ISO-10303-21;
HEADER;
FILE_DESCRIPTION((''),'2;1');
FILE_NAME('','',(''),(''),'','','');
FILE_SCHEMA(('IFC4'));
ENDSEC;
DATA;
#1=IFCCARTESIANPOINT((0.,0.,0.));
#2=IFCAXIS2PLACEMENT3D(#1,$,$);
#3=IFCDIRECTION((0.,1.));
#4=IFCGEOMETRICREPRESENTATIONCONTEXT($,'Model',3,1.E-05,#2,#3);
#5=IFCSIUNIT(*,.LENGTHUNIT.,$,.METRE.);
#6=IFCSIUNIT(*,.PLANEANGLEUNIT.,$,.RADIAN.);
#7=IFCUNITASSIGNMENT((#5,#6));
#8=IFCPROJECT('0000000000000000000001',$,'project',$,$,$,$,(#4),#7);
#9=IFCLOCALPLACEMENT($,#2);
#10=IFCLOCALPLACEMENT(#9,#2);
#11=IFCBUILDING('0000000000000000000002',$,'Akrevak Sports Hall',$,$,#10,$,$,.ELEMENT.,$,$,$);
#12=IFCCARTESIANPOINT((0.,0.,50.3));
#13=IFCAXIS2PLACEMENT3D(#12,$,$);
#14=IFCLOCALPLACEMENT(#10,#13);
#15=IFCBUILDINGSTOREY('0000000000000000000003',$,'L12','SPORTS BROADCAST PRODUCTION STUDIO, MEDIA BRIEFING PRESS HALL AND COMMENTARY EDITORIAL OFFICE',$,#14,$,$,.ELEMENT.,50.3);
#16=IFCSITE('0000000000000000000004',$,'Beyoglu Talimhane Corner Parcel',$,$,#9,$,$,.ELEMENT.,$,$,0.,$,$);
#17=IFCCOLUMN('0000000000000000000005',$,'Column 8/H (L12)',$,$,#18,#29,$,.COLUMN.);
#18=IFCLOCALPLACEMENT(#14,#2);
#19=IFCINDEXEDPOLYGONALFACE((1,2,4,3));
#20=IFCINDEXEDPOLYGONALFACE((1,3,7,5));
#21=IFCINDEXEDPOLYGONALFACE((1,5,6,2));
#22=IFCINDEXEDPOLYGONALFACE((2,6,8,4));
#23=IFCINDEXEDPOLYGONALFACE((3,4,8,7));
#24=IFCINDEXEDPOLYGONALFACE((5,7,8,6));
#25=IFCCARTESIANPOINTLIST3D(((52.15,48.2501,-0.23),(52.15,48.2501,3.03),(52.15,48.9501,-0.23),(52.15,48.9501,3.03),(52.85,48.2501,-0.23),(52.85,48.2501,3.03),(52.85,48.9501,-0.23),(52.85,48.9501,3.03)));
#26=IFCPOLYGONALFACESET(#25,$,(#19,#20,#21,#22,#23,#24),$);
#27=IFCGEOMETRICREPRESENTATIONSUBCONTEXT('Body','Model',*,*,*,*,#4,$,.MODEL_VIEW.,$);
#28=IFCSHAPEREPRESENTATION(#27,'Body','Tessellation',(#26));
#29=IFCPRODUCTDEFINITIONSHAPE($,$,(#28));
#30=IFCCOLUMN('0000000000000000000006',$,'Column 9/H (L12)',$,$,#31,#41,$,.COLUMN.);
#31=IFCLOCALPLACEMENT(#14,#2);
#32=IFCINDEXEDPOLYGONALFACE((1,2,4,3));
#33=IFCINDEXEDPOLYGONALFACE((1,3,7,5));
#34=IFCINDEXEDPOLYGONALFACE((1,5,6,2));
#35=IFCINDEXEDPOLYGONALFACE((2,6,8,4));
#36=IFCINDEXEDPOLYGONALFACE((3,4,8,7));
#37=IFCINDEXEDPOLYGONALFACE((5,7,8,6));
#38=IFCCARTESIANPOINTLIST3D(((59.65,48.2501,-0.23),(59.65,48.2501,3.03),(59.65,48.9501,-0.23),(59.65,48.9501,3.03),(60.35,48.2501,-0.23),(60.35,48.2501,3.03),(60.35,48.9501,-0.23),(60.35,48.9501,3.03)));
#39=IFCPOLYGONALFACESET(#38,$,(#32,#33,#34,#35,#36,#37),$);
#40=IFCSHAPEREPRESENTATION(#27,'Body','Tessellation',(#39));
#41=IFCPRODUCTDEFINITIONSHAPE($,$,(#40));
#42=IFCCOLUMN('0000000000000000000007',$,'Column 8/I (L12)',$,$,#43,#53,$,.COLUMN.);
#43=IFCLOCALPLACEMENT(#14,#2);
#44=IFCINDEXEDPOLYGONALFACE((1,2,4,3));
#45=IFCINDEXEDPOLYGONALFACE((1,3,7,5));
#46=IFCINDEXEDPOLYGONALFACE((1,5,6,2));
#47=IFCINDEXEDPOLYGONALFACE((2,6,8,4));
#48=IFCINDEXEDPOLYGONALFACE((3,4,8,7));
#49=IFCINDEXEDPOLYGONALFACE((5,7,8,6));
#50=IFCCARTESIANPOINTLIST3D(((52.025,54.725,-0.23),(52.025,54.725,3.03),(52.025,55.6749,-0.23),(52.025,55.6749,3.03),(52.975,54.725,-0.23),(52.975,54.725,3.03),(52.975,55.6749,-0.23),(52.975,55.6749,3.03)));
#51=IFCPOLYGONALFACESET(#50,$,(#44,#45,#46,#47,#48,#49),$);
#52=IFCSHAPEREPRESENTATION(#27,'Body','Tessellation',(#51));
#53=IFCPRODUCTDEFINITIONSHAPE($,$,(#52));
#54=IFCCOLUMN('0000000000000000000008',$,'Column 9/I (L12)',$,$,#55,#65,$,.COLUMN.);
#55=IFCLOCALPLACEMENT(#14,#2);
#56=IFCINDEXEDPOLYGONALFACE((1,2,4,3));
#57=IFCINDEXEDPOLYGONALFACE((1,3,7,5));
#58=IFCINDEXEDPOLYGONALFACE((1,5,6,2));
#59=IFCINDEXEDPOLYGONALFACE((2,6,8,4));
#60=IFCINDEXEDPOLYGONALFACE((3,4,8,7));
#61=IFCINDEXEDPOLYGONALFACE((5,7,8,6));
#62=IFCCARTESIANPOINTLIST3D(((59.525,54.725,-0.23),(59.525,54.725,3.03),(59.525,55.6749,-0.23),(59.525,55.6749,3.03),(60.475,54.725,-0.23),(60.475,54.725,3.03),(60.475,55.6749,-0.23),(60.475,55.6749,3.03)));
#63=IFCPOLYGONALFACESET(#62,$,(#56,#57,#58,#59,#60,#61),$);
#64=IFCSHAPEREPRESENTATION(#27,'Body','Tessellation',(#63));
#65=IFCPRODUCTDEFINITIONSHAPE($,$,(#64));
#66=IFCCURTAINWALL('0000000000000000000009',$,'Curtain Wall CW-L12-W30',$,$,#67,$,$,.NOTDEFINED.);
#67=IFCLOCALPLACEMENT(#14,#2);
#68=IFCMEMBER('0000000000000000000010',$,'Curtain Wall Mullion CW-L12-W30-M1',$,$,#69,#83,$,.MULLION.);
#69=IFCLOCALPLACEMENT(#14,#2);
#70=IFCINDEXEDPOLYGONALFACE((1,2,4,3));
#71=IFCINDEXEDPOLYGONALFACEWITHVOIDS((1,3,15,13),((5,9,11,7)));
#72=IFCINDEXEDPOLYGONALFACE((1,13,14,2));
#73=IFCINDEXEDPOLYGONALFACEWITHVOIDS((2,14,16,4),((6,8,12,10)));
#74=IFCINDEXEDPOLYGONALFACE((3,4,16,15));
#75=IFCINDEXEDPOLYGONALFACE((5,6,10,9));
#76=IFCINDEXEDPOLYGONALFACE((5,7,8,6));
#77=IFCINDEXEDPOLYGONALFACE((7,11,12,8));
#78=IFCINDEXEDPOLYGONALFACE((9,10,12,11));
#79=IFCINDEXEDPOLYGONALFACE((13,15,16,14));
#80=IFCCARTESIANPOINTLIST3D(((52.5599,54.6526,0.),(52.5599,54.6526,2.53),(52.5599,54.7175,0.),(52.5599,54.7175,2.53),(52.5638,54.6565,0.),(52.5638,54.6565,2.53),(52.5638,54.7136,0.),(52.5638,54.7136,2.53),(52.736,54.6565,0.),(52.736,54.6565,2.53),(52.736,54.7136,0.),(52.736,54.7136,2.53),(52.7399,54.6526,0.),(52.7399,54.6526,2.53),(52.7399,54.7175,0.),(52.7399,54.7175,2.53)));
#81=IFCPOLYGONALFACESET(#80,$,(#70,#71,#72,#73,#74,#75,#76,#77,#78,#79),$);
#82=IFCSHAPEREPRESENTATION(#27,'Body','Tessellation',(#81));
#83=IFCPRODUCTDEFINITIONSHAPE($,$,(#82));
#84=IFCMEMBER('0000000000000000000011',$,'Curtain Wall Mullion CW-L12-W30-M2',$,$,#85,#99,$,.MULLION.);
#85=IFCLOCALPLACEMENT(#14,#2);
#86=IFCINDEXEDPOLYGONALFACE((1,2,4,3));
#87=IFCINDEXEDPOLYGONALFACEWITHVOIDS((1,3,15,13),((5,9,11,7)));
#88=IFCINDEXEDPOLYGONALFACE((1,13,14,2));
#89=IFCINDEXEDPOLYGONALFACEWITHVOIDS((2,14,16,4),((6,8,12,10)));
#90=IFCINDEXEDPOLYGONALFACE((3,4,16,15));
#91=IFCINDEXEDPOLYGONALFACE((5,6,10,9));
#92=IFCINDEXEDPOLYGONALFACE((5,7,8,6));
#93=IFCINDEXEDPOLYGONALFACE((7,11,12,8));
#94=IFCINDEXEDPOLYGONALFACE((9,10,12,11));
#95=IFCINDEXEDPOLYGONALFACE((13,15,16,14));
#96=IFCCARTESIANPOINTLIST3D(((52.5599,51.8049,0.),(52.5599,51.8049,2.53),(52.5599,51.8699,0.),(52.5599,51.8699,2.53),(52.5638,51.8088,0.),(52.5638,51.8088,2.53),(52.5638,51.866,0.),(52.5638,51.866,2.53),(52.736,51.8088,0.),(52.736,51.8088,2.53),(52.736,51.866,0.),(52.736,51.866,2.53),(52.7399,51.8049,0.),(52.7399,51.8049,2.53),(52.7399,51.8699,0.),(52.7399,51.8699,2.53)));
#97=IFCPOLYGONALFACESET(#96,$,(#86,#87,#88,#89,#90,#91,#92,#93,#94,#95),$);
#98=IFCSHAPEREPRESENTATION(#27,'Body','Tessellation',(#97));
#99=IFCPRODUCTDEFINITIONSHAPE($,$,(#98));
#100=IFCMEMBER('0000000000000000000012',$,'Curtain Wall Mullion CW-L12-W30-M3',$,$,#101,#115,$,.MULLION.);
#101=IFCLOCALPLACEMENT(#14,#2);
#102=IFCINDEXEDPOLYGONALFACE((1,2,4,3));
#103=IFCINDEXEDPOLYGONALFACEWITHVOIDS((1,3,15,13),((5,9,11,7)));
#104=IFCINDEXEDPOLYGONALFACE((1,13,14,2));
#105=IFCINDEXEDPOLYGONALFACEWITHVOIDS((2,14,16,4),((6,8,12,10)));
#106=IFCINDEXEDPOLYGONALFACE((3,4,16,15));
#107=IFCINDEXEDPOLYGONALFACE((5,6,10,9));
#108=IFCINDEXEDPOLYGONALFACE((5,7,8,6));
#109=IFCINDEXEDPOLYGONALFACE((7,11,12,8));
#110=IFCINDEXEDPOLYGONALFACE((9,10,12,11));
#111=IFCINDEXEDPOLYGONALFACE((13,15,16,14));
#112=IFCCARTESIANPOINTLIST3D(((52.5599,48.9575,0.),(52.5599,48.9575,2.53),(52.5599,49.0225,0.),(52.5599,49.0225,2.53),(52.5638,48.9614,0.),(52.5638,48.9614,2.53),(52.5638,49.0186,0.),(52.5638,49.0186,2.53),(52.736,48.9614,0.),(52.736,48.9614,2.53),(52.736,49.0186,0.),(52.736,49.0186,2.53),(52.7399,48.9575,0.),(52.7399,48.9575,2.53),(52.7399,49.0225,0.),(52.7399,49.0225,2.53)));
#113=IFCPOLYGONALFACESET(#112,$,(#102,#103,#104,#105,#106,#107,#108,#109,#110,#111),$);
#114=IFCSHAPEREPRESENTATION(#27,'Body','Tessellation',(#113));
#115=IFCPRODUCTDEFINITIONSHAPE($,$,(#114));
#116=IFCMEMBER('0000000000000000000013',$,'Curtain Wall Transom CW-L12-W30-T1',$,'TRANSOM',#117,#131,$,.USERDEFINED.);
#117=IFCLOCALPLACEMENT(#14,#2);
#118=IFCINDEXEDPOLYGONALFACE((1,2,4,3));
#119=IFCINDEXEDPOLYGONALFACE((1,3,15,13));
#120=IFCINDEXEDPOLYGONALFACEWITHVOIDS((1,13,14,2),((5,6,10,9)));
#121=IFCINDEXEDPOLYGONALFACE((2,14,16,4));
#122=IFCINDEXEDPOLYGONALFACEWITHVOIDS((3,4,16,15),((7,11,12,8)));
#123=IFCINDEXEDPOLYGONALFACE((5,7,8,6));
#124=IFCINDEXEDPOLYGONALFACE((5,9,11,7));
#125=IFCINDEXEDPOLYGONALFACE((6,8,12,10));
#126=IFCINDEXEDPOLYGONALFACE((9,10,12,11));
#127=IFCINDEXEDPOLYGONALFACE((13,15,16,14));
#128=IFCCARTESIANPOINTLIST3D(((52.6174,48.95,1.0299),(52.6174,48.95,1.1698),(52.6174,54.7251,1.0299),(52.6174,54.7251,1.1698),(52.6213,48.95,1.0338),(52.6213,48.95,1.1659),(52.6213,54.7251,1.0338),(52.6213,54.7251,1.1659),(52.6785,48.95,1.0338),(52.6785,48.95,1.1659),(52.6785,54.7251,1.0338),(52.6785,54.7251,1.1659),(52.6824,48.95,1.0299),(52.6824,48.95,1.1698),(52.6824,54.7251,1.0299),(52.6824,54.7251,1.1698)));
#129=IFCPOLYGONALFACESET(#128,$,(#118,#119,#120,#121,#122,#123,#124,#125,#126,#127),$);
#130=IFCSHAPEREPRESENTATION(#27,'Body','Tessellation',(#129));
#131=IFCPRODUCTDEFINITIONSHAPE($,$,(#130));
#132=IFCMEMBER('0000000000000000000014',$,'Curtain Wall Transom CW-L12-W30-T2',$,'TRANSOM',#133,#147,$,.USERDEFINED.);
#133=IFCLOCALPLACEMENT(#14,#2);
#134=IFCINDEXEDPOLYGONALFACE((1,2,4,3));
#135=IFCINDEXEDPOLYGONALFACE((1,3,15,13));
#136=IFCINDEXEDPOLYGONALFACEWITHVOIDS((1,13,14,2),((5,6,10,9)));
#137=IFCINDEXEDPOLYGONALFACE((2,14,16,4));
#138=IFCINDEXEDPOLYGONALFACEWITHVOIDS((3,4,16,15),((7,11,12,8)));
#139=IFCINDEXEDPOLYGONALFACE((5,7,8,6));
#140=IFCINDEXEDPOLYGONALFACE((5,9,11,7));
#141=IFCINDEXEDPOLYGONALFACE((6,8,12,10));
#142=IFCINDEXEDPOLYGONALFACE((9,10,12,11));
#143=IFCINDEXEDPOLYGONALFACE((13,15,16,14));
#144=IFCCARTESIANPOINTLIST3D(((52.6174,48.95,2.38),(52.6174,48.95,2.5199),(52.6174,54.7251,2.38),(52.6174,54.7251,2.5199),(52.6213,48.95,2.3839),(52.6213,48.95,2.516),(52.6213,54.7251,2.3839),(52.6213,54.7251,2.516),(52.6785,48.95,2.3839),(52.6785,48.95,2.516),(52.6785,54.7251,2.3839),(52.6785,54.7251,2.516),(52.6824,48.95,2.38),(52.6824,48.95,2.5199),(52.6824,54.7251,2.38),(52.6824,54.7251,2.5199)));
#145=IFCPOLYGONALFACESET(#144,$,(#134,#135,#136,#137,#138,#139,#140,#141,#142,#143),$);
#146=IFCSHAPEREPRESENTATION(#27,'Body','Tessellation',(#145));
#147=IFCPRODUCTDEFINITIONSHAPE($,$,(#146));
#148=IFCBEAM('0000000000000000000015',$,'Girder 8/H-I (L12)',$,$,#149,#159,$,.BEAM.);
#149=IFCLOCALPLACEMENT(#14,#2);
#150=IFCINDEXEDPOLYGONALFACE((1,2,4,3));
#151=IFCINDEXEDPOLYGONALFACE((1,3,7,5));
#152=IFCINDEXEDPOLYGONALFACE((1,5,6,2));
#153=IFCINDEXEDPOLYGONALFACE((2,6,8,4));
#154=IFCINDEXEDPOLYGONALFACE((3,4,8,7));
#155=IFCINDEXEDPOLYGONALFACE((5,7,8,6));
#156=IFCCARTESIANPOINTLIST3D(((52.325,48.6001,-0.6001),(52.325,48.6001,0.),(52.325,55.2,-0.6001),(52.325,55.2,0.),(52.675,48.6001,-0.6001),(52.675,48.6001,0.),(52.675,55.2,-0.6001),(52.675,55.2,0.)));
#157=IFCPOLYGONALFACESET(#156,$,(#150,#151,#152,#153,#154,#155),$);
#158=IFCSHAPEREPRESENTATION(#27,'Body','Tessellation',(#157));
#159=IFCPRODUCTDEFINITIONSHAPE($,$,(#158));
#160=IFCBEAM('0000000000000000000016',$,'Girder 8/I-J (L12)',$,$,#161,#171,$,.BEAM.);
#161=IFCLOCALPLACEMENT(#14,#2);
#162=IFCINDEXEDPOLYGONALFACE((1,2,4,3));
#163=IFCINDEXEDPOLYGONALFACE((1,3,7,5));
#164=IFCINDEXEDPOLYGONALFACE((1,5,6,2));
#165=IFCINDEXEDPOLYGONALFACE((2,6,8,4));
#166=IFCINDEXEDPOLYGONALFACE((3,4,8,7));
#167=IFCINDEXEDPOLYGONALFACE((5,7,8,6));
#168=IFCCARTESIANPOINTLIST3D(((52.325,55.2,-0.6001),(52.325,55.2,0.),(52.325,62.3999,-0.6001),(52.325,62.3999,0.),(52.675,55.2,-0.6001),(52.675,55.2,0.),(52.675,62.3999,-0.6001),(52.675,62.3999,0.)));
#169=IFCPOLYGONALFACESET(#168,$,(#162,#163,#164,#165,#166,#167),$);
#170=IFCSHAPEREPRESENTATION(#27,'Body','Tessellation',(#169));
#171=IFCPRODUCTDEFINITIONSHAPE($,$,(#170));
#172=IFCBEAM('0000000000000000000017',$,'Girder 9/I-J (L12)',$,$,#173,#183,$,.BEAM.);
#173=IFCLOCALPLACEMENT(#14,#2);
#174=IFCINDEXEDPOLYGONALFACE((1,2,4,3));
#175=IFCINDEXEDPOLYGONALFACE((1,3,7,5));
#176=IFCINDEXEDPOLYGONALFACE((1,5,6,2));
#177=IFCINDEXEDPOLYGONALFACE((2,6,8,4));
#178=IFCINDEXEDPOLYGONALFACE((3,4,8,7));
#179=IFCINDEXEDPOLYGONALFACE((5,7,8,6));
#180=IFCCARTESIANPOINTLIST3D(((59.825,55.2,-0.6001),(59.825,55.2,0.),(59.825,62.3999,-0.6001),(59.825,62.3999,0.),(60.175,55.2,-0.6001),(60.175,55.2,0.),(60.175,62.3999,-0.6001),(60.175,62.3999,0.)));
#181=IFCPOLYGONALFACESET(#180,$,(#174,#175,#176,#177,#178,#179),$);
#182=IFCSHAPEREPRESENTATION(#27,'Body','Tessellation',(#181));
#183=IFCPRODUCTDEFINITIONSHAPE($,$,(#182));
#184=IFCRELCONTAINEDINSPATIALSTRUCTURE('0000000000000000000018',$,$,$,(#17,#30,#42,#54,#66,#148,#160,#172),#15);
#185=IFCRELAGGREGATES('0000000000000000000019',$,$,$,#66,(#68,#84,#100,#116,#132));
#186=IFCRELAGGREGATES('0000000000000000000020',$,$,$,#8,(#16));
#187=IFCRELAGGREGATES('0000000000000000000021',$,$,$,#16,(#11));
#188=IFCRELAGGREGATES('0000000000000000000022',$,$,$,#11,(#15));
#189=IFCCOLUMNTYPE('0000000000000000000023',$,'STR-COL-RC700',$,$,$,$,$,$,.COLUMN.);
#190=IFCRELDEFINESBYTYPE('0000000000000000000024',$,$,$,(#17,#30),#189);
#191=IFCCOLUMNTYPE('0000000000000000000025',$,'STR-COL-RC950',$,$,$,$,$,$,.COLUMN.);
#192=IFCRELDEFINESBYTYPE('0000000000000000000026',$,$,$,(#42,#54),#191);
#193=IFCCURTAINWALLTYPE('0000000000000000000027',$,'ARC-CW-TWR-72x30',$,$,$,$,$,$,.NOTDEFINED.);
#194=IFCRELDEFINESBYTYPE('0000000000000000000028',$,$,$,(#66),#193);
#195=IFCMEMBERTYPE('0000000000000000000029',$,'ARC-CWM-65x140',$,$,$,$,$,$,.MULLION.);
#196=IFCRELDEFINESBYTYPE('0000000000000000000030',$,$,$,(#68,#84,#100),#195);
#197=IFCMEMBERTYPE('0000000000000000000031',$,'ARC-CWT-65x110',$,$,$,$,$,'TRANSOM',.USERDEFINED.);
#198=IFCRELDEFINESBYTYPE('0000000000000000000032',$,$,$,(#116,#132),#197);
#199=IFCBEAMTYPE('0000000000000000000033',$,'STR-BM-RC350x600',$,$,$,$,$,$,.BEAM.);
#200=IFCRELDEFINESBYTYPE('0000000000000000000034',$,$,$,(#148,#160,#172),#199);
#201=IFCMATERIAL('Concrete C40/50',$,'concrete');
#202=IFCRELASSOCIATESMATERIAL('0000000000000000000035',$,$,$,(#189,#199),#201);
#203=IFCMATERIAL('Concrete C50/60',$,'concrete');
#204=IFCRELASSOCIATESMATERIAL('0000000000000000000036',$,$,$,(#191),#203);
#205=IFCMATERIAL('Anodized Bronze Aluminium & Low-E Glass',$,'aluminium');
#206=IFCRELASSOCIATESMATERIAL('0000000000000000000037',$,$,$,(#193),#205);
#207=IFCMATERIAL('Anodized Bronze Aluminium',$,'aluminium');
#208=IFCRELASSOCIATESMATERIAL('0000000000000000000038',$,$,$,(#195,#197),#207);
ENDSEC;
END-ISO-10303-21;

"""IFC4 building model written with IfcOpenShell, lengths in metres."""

from ifc_helpers import new_model, si_unit, direction, frame, origin, origin_2d, place, context, subcontext, project, spatial, rectangle, hollow_rectangle, extrude, material, material_profile, profile_set, type_object, element, aggregate, save


model = new_model("IFC4")

# Units and contexts
model_context = context("Model", 3, precision=1e-05, world=origin(), true_north=direction((0.0, 1.0)))
body_context = subcontext(model_context, "Body", "Model", "MODEL_VIEW")
ifc_project = project(units=[si_unit("LENGTHUNIT", "METRE"), si_unit("PLANEANGLEUNIT", "RADIAN")], contexts=[model_context])

# Site, building, storey
site_placement = place(None, origin())
site = spatial("IfcSite", under=ifc_project, at=site_placement, Name="Beyoglu Talimhane Corner Parcel", CompositionType="ELEMENT", RefElevation=0.0)
building_placement = place(site_placement, origin())
building = spatial("IfcBuilding", under=site, at=building_placement, Name="Akrevak Sports Hall", CompositionType="ELEMENT")
storey_placement = place(building_placement, frame((0.0, 0.0, 50.3)))
storey = spatial("IfcBuildingStorey", under=building, at=storey_placement, Name="L12", Description="SPORTS BROADCAST PRODUCTION STUDIO, MEDIA BRIEFING PRESS HALL AND COMMENTARY EDITORIAL OFFICE", CompositionType="ELEMENT", Elevation=50.3)

# Columns
ifc_material_1 = material(Name="Concrete C40/50", Category="concrete")
ifc_material_profile_1 = material_profile(ifc_material_1, rectangle(XDim=0.7, YDim=0.7, at=origin_2d()), Name="RC 700x700", Category="concrete")
ifc_profile_set_1 = profile_set([ifc_material_profile_1], Name="Concrete C40/50")
column_type_1 = type_object("IfcColumnType", Name="STR-COL-RC700", PredefinedType="COLUMN", material=ifc_profile_set_1)
for number, where, z_axis, x_axis, name in (
    (1, (52.5, 48.6001, -0.23), (0.0, 0.0, 1.0), (1.0, 0.0, 0.0), "Column 8/H (L12)"),
    (2, (60.0, 48.6001, -0.23), (0.0, 0.0, 1.0), (1.0, 0.0, 0.0), "Column 9/H (L12)"),
):
    element("IfcColumn", number, at=place(storey_placement, frame(where, z_axis=z_axis, x_axis=x_axis)), inside=storey, type_object=column_type_1, Name=name, PredefinedType="COLUMN", context=body_context, shape_type="SweptSolid", body=[
        extrude(rectangle(XDim=0.7, YDim=0.7, at=origin_2d()), origin(), (0.0, 0.0, 1.0), 3.26),
    ])
ifc_material_2 = material(Name="Concrete C50/60", Category="concrete")
ifc_material_profile_2 = material_profile(ifc_material_2, rectangle(XDim=0.95, YDim=0.95, at=origin_2d()), Name="RC 950x950", Category="concrete")
ifc_profile_set_2 = profile_set([ifc_material_profile_2], Name="Concrete C50/60")
column_type_2 = type_object("IfcColumnType", Name="STR-COL-RC950", PredefinedType="COLUMN", material=ifc_profile_set_2)
for number, where, z_axis, x_axis, name in (
    (3, (52.5, 55.2, -0.23), (0.0, 0.0, 1.0), (1.0, 0.0, 0.0), "Column 8/I (L12)"),
    (4, (60.0, 55.2, -0.23), (0.0, 0.0, 1.0), (1.0, 0.0, 0.0), "Column 9/I (L12)"),
):
    element("IfcColumn", number, at=place(storey_placement, frame(where, z_axis=z_axis, x_axis=x_axis)), inside=storey, type_object=column_type_2, Name=name, PredefinedType="COLUMN", context=body_context, shape_type="SweptSolid", body=[
        extrude(rectangle(XDim=0.95, YDim=0.95, at=origin_2d()), origin(), (0.0, 0.0, 1.0), 3.26),
    ])

# Curtain wall, members
ifc_material_3 = material(Name="Anodized Bronze Aluminium & Low-E Glass", Category="aluminium")
curtain_wall_type = type_object("IfcCurtainWallType", Name="ARC-CW-TWR-72x30", PredefinedType="NOTDEFINED", material=ifc_material_3)
curtain_wall_placement = place(storey_placement, origin())
curtain_wall = element("IfcCurtainWall", 5, at=curtain_wall_placement, inside=storey, type_object=curtain_wall_type, Name="Curtain Wall CW-L12-W30", PredefinedType="NOTDEFINED")
ifc_material_4 = material(Name="Anodized Bronze Aluminium", Category="aluminium")
ifc_material_profile_3 = material_profile(ifc_material_4, hollow_rectangle(XDim=0.0649, YDim=0.1799, WallThickness=0.0039, at=origin_2d()), Name="CWM 65x180", Category="aluminium")
ifc_profile_set_3 = profile_set([ifc_material_profile_3], Name="Anodized Bronze Aluminium")
member_type_1 = type_object("IfcMemberType", Name="ARC-CWM-65x140", PredefinedType="MULLION", material=ifc_profile_set_3)
member_1_placement = place(storey_placement, frame((52.6499, 54.6851, 0.0), z_axis=(0.0, 0.0, 1.0), x_axis=(0.0, -1.0, 0.0)))
member_1 = element("IfcMember", 6, at=member_1_placement, type_object=member_type_1, Name="Curtain Wall Mullion CW-L12-W30-M1", PredefinedType="MULLION", context=body_context, shape_type="SweptSolid", body=[
    extrude(hollow_rectangle(XDim=0.0649, YDim=0.1799, WallThickness=0.0039, at=origin_2d()), origin(), (0.0, 0.0, 1.0), 2.53),
])
member_2_placement = place(storey_placement, frame((52.6499, 51.8374, 0.0), z_axis=(0.0, 0.0, 1.0), x_axis=(0.0, -1.0, 0.0)))
member_2 = element("IfcMember", 7, at=member_2_placement, type_object=member_type_1, Name="Curtain Wall Mullion CW-L12-W30-M2", PredefinedType="MULLION", context=body_context, shape_type="SweptSolid", body=[
    extrude(hollow_rectangle(XDim=0.0649, YDim=0.1799, WallThickness=0.0039, at=origin_2d()), origin(), (0.0, 0.0, 1.0), 2.53),
])
member_3_placement = place(storey_placement, frame((52.6499, 48.99, 0.0), z_axis=(0.0, 0.0, 1.0), x_axis=(0.0, -1.0, 0.0)))
member_3 = element("IfcMember", 8, at=member_3_placement, type_object=member_type_1, Name="Curtain Wall Mullion CW-L12-W30-M3", PredefinedType="MULLION", context=body_context, shape_type="SweptSolid", body=[
    extrude(hollow_rectangle(XDim=0.0649, YDim=0.1799, WallThickness=0.0039, at=origin_2d()), origin(), (0.0, 0.0, 1.0), 2.53),
])
ifc_material_profile_4 = material_profile(ifc_material_4, hollow_rectangle(XDim=0.0649, YDim=0.1399, WallThickness=0.0039, at=origin_2d()), Name="CWT 65x140", Category="aluminium")
ifc_profile_set_4 = profile_set([ifc_material_profile_4], Name="Anodized Bronze Aluminium")
member_type_2 = type_object("IfcMemberType", Name="ARC-CWT-65x110", ElementType="TRANSOM", PredefinedType="USERDEFINED", material=ifc_profile_set_4)
member_4_placement = place(storey_placement, frame((52.6499, 54.7251, 1.0999), z_axis=(0.0, -1.0, 0.0), x_axis=(1.0, 0.0, 0.0)))
member_4 = element("IfcMember", 9, at=member_4_placement, type_object=member_type_2, Name="Curtain Wall Transom CW-L12-W30-T1", ObjectType="TRANSOM", PredefinedType="USERDEFINED", context=body_context, shape_type="SweptSolid", body=[
    extrude(hollow_rectangle(XDim=0.0649, YDim=0.1399, WallThickness=0.0039, at=origin_2d()), origin(), (0.0, 0.0, 1.0), 5.7751),
])
member_5_placement = place(storey_placement, frame((52.6499, 54.7251, 2.45), z_axis=(0.0, -1.0, 0.0), x_axis=(1.0, 0.0, 0.0)))
member_5 = element("IfcMember", 10, at=member_5_placement, type_object=member_type_2, Name="Curtain Wall Transom CW-L12-W30-T2", ObjectType="TRANSOM", PredefinedType="USERDEFINED", context=body_context, shape_type="SweptSolid", body=[
    extrude(hollow_rectangle(XDim=0.0649, YDim=0.1399, WallThickness=0.0039, at=origin_2d()), origin(), (0.0, 0.0, 1.0), 5.7751),
])

# Beams
ifc_material_profile_5 = material_profile(ifc_material_1, rectangle(XDim=0.3501, YDim=0.6001, at=origin_2d()), Name="BM 350x600", Category="concrete")
ifc_profile_set_5 = profile_set([ifc_material_profile_5], Name="Concrete C40/50")
beam_type_1 = type_object("IfcBeamType", Name="STR-BM-RC350x600", PredefinedType="BEAM", material=ifc_profile_set_5)
beam_1_placement = place(storey_placement, frame((52.5, 48.6001, -0.3), z_axis=(0.0, 1.0, 0.0), x_axis=(-1.0, 0.0, 0.0)))
element("IfcBeam", 11, at=beam_1_placement, inside=storey, type_object=beam_type_1, Name="Girder 8/H-I (L12)", PredefinedType="BEAM", context=body_context, shape_type="SweptSolid", body=[
    extrude(rectangle(XDim=0.3501, YDim=0.6001, at=origin_2d()), origin(), (0.0, 0.0, 1.0), 6.5999),
])
for number, where, z_axis, x_axis, name in (
    (12, (52.5, 55.2, -0.3), (0.0, 1.0, 0.0), (-1.0, 0.0, 0.0), "Girder 8/I-J (L12)"),
    (13, (60.0, 55.2, -0.3), (0.0, 1.0, 0.0), (-1.0, 0.0, 0.0), "Girder 9/I-J (L12)"),
):
    element("IfcBeam", number, at=place(storey_placement, frame(where, z_axis=z_axis, x_axis=x_axis)), inside=storey, type_object=beam_type_1, Name=name, PredefinedType="BEAM", context=body_context, shape_type="SweptSolid", body=[
        extrude(rectangle(XDim=0.3501, YDim=0.6001, at=origin_2d()), origin(), (0.0, 0.0, 1.0), 7.2),
    ])

aggregate(curtain_wall, [member_1, member_2, member_3, member_4, member_5])

save(model, "model.ifc")
